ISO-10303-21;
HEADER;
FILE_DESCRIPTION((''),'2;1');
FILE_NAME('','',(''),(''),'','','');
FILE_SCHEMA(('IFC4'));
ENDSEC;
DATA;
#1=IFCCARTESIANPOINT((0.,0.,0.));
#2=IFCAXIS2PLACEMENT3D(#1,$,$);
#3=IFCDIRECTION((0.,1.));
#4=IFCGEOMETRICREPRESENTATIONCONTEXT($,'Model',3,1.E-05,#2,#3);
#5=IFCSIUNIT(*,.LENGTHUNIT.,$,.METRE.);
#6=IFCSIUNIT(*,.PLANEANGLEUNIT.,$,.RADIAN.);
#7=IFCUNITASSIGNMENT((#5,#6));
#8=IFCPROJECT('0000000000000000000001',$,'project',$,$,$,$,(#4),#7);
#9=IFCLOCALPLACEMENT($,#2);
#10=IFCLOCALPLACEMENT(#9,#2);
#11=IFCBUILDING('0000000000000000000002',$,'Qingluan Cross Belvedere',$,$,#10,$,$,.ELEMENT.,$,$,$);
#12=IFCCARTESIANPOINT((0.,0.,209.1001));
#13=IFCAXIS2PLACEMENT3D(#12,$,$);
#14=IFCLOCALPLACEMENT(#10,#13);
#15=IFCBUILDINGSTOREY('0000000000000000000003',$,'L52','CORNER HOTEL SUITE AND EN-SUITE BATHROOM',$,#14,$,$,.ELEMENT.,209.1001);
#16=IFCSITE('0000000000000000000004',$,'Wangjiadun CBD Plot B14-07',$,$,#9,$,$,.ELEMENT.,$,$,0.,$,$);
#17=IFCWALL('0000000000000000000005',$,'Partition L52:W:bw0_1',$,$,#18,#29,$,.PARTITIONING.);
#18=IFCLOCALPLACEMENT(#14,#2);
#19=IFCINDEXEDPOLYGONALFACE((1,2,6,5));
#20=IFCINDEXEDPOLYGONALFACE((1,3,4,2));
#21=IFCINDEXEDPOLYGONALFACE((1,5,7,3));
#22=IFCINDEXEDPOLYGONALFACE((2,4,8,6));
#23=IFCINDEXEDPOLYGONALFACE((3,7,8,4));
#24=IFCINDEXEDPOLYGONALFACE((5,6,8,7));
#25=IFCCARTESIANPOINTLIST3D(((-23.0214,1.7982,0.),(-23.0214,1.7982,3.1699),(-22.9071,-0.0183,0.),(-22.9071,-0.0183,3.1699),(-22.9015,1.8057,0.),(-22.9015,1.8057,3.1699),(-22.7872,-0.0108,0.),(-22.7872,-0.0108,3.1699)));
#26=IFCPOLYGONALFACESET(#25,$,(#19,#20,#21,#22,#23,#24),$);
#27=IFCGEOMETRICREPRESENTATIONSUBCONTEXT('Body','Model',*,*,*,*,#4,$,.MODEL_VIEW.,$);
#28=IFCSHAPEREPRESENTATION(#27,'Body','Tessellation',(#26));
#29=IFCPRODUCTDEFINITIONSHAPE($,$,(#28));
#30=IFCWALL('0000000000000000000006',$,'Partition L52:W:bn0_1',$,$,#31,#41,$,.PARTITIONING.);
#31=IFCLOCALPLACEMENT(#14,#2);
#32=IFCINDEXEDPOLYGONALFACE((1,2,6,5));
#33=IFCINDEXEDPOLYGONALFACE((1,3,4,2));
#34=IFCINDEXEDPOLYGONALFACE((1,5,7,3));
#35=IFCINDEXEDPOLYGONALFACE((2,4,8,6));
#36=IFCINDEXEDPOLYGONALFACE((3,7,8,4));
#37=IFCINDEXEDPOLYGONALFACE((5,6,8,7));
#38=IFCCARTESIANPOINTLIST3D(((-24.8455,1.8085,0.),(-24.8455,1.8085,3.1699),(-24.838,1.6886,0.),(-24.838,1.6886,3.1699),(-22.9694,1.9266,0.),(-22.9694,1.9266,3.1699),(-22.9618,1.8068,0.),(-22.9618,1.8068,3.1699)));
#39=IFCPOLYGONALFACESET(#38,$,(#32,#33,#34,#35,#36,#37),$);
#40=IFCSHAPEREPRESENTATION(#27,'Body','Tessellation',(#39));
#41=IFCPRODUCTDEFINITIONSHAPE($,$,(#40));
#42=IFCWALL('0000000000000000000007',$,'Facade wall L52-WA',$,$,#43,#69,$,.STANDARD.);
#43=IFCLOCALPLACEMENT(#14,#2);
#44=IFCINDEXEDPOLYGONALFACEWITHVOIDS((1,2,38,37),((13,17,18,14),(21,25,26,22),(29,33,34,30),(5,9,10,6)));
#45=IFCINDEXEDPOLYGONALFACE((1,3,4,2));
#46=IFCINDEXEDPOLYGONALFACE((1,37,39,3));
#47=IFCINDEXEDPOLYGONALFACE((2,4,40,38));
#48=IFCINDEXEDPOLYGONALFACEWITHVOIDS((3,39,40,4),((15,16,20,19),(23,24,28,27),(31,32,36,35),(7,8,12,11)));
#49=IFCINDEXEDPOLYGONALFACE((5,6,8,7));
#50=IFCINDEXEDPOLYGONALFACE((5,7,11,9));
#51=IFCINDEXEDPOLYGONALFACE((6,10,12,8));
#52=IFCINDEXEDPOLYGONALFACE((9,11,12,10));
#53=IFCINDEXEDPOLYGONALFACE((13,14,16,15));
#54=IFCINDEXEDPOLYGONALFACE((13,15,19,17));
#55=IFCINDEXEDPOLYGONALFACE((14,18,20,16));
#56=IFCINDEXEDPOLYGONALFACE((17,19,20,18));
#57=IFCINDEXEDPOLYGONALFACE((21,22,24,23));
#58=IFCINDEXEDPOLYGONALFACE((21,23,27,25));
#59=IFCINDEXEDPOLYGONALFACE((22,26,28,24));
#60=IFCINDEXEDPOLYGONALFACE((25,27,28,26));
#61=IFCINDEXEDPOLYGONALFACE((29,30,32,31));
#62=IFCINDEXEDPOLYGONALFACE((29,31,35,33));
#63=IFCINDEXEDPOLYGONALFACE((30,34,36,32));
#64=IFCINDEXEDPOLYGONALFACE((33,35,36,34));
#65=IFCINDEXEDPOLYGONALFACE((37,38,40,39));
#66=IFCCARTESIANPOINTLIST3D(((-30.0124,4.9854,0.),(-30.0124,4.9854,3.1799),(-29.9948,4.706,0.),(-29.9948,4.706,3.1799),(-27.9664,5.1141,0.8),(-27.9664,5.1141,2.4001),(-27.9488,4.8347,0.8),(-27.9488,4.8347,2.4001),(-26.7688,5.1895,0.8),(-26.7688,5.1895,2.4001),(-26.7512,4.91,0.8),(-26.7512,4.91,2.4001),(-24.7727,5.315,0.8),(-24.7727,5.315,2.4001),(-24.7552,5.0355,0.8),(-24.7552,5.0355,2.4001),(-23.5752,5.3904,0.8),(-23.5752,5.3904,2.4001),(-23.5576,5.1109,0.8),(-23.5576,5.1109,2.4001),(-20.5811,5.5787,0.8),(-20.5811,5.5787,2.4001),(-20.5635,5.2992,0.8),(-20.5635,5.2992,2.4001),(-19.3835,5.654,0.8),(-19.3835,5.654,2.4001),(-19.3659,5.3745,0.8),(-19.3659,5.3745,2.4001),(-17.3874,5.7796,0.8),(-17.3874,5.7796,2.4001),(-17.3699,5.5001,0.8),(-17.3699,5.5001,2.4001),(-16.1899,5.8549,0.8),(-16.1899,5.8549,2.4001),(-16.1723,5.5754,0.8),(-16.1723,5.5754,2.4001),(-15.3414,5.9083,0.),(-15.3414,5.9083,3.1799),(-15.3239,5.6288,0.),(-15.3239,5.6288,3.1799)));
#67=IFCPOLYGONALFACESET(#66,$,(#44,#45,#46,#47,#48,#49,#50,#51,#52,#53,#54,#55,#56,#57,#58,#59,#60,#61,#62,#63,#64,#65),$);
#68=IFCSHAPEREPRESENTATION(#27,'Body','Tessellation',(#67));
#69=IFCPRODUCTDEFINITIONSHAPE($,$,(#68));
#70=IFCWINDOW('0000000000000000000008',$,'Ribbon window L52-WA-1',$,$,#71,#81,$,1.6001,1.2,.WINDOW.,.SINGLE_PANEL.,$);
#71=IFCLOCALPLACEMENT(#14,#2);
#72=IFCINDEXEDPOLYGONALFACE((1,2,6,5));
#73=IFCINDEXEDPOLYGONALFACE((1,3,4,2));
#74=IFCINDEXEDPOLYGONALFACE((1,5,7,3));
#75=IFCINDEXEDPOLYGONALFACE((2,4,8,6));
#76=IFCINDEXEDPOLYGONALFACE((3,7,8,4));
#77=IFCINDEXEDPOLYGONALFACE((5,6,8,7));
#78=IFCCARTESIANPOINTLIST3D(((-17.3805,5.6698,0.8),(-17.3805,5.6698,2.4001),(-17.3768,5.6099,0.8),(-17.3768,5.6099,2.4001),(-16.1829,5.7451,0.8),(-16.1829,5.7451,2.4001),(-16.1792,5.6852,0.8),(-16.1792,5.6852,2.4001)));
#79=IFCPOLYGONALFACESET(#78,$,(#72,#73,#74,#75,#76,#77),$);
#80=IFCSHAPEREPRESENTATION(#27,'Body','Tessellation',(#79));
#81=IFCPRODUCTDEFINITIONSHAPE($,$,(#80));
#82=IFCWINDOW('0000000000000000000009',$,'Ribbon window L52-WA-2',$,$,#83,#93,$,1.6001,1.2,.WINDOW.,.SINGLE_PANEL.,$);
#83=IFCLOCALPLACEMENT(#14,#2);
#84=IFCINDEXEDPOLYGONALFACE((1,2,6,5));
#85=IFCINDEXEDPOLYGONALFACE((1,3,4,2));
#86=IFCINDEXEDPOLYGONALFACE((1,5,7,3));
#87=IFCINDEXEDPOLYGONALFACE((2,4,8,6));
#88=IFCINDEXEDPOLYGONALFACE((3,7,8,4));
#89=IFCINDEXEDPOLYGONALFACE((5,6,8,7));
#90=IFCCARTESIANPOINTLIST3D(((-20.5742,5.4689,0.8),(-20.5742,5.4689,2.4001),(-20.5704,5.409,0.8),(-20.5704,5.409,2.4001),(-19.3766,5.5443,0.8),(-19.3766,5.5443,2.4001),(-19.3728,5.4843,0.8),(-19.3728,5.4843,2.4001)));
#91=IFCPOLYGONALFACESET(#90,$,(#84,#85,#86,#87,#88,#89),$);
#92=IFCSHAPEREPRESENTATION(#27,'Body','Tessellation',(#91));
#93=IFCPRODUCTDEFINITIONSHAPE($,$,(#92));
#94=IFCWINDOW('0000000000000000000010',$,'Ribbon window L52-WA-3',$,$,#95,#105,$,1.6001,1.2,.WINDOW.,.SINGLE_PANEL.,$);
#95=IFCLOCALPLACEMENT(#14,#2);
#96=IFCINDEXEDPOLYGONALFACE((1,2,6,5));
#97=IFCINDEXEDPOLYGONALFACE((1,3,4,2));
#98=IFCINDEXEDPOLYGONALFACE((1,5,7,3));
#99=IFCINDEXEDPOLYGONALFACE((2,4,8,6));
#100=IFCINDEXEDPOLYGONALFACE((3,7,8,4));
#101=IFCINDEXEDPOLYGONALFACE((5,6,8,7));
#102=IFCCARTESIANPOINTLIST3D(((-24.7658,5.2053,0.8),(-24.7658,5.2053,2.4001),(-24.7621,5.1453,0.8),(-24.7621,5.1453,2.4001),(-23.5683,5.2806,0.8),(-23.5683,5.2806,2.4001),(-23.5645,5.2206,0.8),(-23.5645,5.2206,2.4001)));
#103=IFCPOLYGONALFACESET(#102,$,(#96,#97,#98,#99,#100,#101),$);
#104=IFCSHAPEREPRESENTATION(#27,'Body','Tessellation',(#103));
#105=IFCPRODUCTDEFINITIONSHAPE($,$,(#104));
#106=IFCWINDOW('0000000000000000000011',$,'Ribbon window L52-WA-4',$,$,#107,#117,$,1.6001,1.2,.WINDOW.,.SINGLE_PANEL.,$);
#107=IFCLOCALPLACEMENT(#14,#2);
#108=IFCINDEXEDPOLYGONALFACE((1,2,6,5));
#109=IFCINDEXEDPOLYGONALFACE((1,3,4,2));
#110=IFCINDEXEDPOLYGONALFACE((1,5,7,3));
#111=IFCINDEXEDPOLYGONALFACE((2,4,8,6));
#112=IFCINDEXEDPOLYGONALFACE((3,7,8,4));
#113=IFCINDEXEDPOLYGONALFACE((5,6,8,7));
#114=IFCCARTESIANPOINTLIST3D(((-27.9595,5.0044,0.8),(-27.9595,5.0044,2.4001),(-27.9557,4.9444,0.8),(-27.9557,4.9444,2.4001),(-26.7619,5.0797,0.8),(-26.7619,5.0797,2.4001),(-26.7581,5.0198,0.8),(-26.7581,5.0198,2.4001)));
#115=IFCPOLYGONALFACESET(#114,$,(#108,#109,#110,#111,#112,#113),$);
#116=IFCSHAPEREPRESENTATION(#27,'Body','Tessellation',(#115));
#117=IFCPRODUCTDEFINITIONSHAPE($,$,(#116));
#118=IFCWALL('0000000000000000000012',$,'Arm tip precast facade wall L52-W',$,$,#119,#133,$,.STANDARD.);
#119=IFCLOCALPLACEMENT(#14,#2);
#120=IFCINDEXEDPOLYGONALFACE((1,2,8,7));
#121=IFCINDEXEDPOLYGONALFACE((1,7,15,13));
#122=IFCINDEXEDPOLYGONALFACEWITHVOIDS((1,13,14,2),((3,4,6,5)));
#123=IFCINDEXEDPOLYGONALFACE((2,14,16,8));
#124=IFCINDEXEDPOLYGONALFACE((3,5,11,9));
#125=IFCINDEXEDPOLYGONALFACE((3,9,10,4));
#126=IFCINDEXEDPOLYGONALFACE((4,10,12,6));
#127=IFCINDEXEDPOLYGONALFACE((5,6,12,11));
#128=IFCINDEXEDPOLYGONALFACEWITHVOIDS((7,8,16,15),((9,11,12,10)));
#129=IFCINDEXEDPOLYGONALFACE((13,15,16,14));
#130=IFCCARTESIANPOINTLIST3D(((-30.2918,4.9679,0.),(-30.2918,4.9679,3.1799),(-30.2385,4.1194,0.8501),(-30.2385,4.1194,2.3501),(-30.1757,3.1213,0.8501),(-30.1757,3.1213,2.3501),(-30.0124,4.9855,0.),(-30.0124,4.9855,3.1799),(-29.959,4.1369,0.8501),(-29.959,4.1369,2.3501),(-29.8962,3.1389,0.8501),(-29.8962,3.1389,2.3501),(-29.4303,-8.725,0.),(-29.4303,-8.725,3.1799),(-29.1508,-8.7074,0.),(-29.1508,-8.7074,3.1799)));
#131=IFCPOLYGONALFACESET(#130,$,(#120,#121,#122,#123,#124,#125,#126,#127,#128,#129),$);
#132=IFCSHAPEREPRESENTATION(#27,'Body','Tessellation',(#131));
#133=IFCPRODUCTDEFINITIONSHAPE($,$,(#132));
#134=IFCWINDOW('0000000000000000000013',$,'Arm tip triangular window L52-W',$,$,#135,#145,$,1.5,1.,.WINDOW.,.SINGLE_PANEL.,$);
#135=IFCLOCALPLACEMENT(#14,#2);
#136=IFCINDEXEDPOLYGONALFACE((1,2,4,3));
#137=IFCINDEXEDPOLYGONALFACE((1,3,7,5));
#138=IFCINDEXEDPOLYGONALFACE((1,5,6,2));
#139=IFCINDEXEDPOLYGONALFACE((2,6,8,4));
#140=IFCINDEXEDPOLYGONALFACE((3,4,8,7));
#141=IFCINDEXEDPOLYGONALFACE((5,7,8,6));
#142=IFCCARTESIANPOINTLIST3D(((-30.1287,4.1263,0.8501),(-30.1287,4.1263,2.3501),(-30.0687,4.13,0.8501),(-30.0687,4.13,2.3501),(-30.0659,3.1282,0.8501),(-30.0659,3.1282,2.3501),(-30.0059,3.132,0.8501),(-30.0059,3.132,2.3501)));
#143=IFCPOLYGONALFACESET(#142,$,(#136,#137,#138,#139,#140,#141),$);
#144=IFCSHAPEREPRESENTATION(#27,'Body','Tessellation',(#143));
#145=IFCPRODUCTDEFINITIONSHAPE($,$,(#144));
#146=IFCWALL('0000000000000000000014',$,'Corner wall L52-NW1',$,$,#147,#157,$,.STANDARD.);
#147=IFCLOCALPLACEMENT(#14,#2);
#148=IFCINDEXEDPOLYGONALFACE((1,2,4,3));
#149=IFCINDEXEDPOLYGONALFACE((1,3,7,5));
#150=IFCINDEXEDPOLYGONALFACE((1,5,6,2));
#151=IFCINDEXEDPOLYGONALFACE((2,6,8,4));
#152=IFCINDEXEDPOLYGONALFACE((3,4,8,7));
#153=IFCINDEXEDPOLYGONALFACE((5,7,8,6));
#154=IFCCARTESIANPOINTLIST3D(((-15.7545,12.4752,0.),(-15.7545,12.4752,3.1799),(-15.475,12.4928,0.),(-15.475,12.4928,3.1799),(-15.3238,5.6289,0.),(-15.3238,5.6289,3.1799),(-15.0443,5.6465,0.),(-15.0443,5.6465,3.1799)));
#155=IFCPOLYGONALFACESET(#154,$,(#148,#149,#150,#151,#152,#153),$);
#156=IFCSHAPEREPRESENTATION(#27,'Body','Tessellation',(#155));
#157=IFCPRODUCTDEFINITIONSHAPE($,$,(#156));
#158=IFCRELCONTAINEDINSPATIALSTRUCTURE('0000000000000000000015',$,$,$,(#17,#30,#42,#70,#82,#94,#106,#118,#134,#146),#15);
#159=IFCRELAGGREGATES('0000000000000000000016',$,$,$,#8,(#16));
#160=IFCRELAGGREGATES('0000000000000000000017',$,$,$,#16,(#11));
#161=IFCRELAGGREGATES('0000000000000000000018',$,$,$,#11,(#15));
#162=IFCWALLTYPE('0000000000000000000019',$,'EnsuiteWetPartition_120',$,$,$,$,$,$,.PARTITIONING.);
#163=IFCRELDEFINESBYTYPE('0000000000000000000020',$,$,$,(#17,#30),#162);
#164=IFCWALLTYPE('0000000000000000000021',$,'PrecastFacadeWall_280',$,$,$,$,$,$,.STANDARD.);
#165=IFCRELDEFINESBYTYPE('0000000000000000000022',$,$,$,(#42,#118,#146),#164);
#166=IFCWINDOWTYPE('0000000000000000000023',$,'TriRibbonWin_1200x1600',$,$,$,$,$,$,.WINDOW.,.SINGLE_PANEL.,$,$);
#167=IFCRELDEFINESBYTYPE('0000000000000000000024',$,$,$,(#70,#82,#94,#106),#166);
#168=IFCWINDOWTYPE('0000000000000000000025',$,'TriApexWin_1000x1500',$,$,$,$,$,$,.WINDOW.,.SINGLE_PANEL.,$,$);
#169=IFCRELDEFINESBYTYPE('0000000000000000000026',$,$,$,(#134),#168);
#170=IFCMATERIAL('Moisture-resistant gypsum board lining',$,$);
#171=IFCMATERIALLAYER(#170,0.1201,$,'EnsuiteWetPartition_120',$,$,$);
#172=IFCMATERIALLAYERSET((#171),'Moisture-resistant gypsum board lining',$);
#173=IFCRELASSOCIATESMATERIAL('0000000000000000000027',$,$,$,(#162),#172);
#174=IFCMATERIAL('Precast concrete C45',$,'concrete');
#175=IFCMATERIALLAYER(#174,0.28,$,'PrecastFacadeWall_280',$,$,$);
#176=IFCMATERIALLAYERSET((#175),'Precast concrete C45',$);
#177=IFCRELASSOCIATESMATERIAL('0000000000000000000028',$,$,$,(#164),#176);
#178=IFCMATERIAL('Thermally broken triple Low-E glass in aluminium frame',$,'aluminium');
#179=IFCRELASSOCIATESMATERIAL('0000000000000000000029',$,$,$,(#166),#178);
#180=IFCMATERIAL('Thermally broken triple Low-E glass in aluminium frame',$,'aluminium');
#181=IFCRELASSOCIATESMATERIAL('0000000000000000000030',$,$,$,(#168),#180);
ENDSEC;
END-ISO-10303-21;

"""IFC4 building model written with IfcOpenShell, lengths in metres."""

from ifc_helpers import new_model, si_unit, direction, frame, frame_2d, origin, place, context, subcontext, project, spatial, rectangle, extrude, material, layer, layer_set, type_object, element, fill, save


model = new_model("IFC4")

# Units and contexts
model_context = context("Model", 3, precision=1e-05, world=origin(), true_north=direction((0.0, 1.0)))
body_context = subcontext(model_context, "Body", "Model", "MODEL_VIEW")
ifc_project = project(units=[si_unit("LENGTHUNIT", "METRE"), si_unit("PLANEANGLEUNIT", "RADIAN")], contexts=[model_context])

# Site, building, storey
site_placement = place(None, origin())
site = spatial("IfcSite", under=ifc_project, at=site_placement, Name="Wangjiadun CBD Plot B14-07", CompositionType="ELEMENT", RefElevation=0.0)
building_placement = place(site_placement, origin())
building = spatial("IfcBuilding", under=site, at=building_placement, Name="Qingluan Cross Belvedere", CompositionType="ELEMENT")
storey_placement = place(building_placement, frame((0.0, 0.0, 209.1001)))
storey = spatial("IfcBuildingStorey", under=building, at=storey_placement, Name="L52", Description="CORNER HOTEL SUITE AND EN-SUITE BATHROOM", CompositionType="ELEMENT", Elevation=209.1001)

# Shared definitions
ifc_material_1 = material(Name="Moisture-resistant gypsum board lining")
ifc_layer_1 = layer(ifc_material_1, 0.1201, Name="EnsuiteWetPartition_120")
ifc_layer_set_1 = layer_set([ifc_layer_1], Name="Moisture-resistant gypsum board lining")
wall_type_1 = type_object("IfcWallType", Name="EnsuiteWetPartition_120", PredefinedType="PARTITIONING", material=ifc_layer_set_1)

# Walls
wall_1_placement = place(storey_placement, frame((-22.8472, -0.0146, 0.0), z_axis=(0.0, 0.0, 1.0), x_axis=(-0.062779, 0.998027, 0.0)))
element("IfcWall", 1, at=wall_1_placement, inside=storey, type_object=wall_type_1, Name="Partition L52:W:bw0_1", PredefinedType="PARTITIONING", context=body_context, shape_type="SweptSolid", body=[
    extrude(rectangle(XDim=1.8201, YDim=0.1201, at=frame_2d((0.9102, 0.0))), origin(), (0.0, 0.0, 1.0), 3.1699),
])
wall_2_placement = place(storey_placement, frame((-22.9656, 1.8667, 0.0), z_axis=(0.0, 0.0, 1.0), x_axis=(-0.998023, -0.062855, 0.0)))
element("IfcWall", 2, at=wall_2_placement, inside=storey, type_object=wall_type_1, Name="Partition L52:W:bn0_1", PredefinedType="PARTITIONING", context=body_context, shape_type="SweptSolid", body=[
    extrude(rectangle(XDim=1.8799, YDim=0.1201, at=frame_2d((0.9399, 0.0))), origin(), (0.0, 0.0, 1.0), 3.1699),
])

# Wall, openings, windows
ifc_material_2 = material(Name="Precast concrete C45", Category="concrete")
ifc_layer_2 = layer(ifc_material_2, 0.28, Name="PrecastFacadeWall_280")
ifc_layer_set_2 = layer_set([ifc_layer_2], Name="Precast concrete C45")
wall_type_2 = type_object("IfcWallType", Name="PrecastFacadeWall_280", PredefinedType="STANDARD", material=ifc_layer_set_2)
wall_3_placement = place(storey_placement, frame((-15.3325, 5.7686, 0.0), z_axis=(0.0, 0.0, 1.0), x_axis=(-0.998027, -0.062779, 0.0)))
wall_3 = element("IfcWall", 3, at=wall_3_placement, inside=storey, type_object=wall_type_2, Name="Facade wall L52-WA", PredefinedType="STANDARD", context=body_context, shape_type="SweptSolid", body=[
    extrude(rectangle(XDim=14.7, YDim=0.28, at=frame_2d((7.3501, 0.0))), origin(), (0.0, 0.0, 1.0), 3.1799),
])
opening_1_placement = place(wall_3_placement, frame((0.8501, 0.0, 0.8)))
opening_1 = element("IfcOpeningElement", 4, at=opening_1_placement, cuts=wall_3, PredefinedType="OPENING", context=body_context, shape_type="SweptSolid", body=[
    extrude(rectangle(XDim=1.2, YDim=1.6001, at=frame_2d((0.6001, 0.8))), frame((0.0, 0.1499, 0.0), z_axis=(0.0, -1.0, 0.0), x_axis=(1.0, 0.0, 0.0)), (0.0, 0.0, 1.0), 0.3),
])
opening_2_placement = place(wall_3_placement, frame((4.05, 0.0, 0.8)))
opening_2 = element("IfcOpeningElement", 5, at=opening_2_placement, cuts=wall_3, PredefinedType="OPENING", context=body_context, shape_type="SweptSolid", body=[
    extrude(rectangle(XDim=1.2, YDim=1.6001, at=frame_2d((0.6001, 0.8))), frame((0.0, 0.1499, 0.0), z_axis=(0.0, -1.0, 0.0), x_axis=(1.0, 0.0, 0.0)), (0.0, 0.0, 1.0), 0.3),
])
opening_3_placement = place(wall_3_placement, frame((8.25, 0.0, 0.8)))
opening_3 = element("IfcOpeningElement", 6, at=opening_3_placement, cuts=wall_3, PredefinedType="OPENING", context=body_context, shape_type="SweptSolid", body=[
    extrude(rectangle(XDim=1.2, YDim=1.6001, at=frame_2d((0.6001, 0.8))), frame((0.0, 0.1499, 0.0), z_axis=(0.0, -1.0, 0.0), x_axis=(1.0, 0.0, 0.0)), (0.0, 0.0, 1.0), 0.3),
])
opening_4_placement = place(wall_3_placement, frame((11.45, 0.0, 0.8)))
opening_4 = element("IfcOpeningElement", 7, at=opening_4_placement, cuts=wall_3, PredefinedType="OPENING", context=body_context, shape_type="SweptSolid", body=[
    extrude(rectangle(XDim=1.2, YDim=1.6001, at=frame_2d((0.6001, 0.8))), frame((0.0, 0.1499, 0.0), z_axis=(0.0, -1.0, 0.0), x_axis=(1.0, 0.0, 0.0)), (0.0, 0.0, 1.0), 0.3),
])
ifc_material_3 = material(Name="Thermally broken triple Low-E glass in aluminium frame", Category="aluminium")
window_type_1 = type_object("IfcWindowType", Name="TriRibbonWin_1200x1600", PartitioningType="SINGLE_PANEL", PredefinedType="WINDOW", material=ifc_material_3)
window_1_placement = place(opening_1_placement, origin())
window_1 = element("IfcWindow", 8, at=window_1_placement, inside=storey, type_object=window_type_1, Name="Ribbon window L52-WA-1", OverallHeight=1.6001, OverallWidth=1.2, PartitioningType="SINGLE_PANEL", PredefinedType="WINDOW", context=body_context, shape_type="SweptSolid", body=[
    extrude(rectangle(XDim=1.2, YDim=1.6001, at=frame_2d((0.6001, 0.8))), frame((0.0, 0.03, 0.0), z_axis=(0.0, -1.0, 0.0), x_axis=(1.0, 0.0, 0.0)), (0.0, 0.0, 1.0), 0.0601),
])
fill(opening_1, window_1)
window_2_placement = place(opening_2_placement, origin())
window_2 = element("IfcWindow", 9, at=window_2_placement, inside=storey, type_object=window_type_1, Name="Ribbon window L52-WA-2", OverallHeight=1.6001, OverallWidth=1.2, PartitioningType="SINGLE_PANEL", PredefinedType="WINDOW", context=body_context, shape_type="SweptSolid", body=[
    extrude(rectangle(XDim=1.2, YDim=1.6001, at=frame_2d((0.6001, 0.8))), frame((0.0, 0.03, 0.0), z_axis=(0.0, -1.0, 0.0), x_axis=(1.0, 0.0, 0.0)), (0.0, 0.0, 1.0), 0.0601),
])
fill(opening_2, window_2)
window_3_placement = place(opening_3_placement, origin())
window_3 = element("IfcWindow", 10, at=window_3_placement, inside=storey, type_object=window_type_1, Name="Ribbon window L52-WA-3", OverallHeight=1.6001, OverallWidth=1.2, PartitioningType="SINGLE_PANEL", PredefinedType="WINDOW", context=body_context, shape_type="SweptSolid", body=[
    extrude(rectangle(XDim=1.2, YDim=1.6001, at=frame_2d((0.6001, 0.8))), frame((0.0, 0.03, 0.0), z_axis=(0.0, -1.0, 0.0), x_axis=(1.0, 0.0, 0.0)), (0.0, 0.0, 1.0), 0.0601),
])
fill(opening_3, window_3)
window_4_placement = place(opening_4_placement, origin())
window_4 = element("IfcWindow", 11, at=window_4_placement, inside=storey, type_object=window_type_1, Name="Ribbon window L52-WA-4", OverallHeight=1.6001, OverallWidth=1.2, PartitioningType="SINGLE_PANEL", PredefinedType="WINDOW", context=body_context, shape_type="SweptSolid", body=[
    extrude(rectangle(XDim=1.2, YDim=1.6001, at=frame_2d((0.6001, 0.8))), frame((0.0, 0.03, 0.0), z_axis=(0.0, -1.0, 0.0), x_axis=(1.0, 0.0, 0.0)), (0.0, 0.0, 1.0), 0.0601),
])
fill(opening_4, window_4)

# Wall, opening, window
wall_4_placement = place(storey_placement, frame((-30.1521, 4.9766, 0.0), z_axis=(0.0, 0.0, 1.0), x_axis=(0.062797, -0.998026, 0.0)))
wall_4 = element("IfcWall", 12, at=wall_4_placement, inside=storey, type_object=wall_type_2, Name="Arm tip precast facade wall L52-W", PredefinedType="STANDARD", context=body_context, shape_type="SweptSolid", body=[
    extrude(rectangle(XDim=13.72, YDim=0.28, at=frame_2d((6.8599, 0.0))), origin(), (0.0, 0.0, 1.0), 3.1799),
])
opening_5_placement = place(wall_4_placement, frame((0.8501, 0.0, 0.8501)))
opening_5 = element("IfcOpeningElement", 13, at=opening_5_placement, cuts=wall_4, PredefinedType="OPENING", context=body_context, shape_type="SweptSolid", body=[
    extrude(rectangle(XDim=1.0, YDim=1.5, at=frame_2d((0.5, 0.75))), frame((0.0, 0.1499, 0.0), z_axis=(0.0, -1.0, 0.0), x_axis=(1.0, 0.0, 0.0)), (0.0, 0.0, 1.0), 0.3),
])
ifc_material_4 = material(Name="Thermally broken triple Low-E glass in aluminium frame", Category="aluminium")
window_type_2 = type_object("IfcWindowType", Name="TriApexWin_1000x1500", PartitioningType="SINGLE_PANEL", PredefinedType="WINDOW", material=ifc_material_4)
window_5_placement = place(opening_5_placement, origin())
window_5 = element("IfcWindow", 14, at=window_5_placement, inside=storey, type_object=window_type_2, Name="Arm tip triangular window L52-W", OverallHeight=1.5, OverallWidth=1.0, PartitioningType="SINGLE_PANEL", PredefinedType="WINDOW", context=body_context, shape_type="SweptSolid", body=[
    extrude(rectangle(XDim=1.0, YDim=1.5, at=frame_2d((0.5, 0.75))), frame((0.0, 0.03, 0.0), z_axis=(0.0, -1.0, 0.0), x_axis=(1.0, 0.0, 0.0)), (0.0, 0.0, 1.0), 0.0601),
])
fill(opening_5, window_5)

# Wall
wall_5_placement = place(storey_placement, frame((-15.1841, 5.6377, 0.0), z_axis=(0.0, 0.0, 1.0), x_axis=(-0.062779, 0.998027, 0.0)))
element("IfcWall", 15, at=wall_5_placement, inside=storey, type_object=wall_type_2, Name="Corner wall L52-NW1", PredefinedType="STANDARD", context=body_context, shape_type="SweptSolid", body=[
    extrude(rectangle(XDim=6.8599, YDim=0.28, at=frame_2d((3.4299, 0.0))), origin(), (0.0, 0.0, 1.0), 3.1799),
])

save(model, "model.ifc")
